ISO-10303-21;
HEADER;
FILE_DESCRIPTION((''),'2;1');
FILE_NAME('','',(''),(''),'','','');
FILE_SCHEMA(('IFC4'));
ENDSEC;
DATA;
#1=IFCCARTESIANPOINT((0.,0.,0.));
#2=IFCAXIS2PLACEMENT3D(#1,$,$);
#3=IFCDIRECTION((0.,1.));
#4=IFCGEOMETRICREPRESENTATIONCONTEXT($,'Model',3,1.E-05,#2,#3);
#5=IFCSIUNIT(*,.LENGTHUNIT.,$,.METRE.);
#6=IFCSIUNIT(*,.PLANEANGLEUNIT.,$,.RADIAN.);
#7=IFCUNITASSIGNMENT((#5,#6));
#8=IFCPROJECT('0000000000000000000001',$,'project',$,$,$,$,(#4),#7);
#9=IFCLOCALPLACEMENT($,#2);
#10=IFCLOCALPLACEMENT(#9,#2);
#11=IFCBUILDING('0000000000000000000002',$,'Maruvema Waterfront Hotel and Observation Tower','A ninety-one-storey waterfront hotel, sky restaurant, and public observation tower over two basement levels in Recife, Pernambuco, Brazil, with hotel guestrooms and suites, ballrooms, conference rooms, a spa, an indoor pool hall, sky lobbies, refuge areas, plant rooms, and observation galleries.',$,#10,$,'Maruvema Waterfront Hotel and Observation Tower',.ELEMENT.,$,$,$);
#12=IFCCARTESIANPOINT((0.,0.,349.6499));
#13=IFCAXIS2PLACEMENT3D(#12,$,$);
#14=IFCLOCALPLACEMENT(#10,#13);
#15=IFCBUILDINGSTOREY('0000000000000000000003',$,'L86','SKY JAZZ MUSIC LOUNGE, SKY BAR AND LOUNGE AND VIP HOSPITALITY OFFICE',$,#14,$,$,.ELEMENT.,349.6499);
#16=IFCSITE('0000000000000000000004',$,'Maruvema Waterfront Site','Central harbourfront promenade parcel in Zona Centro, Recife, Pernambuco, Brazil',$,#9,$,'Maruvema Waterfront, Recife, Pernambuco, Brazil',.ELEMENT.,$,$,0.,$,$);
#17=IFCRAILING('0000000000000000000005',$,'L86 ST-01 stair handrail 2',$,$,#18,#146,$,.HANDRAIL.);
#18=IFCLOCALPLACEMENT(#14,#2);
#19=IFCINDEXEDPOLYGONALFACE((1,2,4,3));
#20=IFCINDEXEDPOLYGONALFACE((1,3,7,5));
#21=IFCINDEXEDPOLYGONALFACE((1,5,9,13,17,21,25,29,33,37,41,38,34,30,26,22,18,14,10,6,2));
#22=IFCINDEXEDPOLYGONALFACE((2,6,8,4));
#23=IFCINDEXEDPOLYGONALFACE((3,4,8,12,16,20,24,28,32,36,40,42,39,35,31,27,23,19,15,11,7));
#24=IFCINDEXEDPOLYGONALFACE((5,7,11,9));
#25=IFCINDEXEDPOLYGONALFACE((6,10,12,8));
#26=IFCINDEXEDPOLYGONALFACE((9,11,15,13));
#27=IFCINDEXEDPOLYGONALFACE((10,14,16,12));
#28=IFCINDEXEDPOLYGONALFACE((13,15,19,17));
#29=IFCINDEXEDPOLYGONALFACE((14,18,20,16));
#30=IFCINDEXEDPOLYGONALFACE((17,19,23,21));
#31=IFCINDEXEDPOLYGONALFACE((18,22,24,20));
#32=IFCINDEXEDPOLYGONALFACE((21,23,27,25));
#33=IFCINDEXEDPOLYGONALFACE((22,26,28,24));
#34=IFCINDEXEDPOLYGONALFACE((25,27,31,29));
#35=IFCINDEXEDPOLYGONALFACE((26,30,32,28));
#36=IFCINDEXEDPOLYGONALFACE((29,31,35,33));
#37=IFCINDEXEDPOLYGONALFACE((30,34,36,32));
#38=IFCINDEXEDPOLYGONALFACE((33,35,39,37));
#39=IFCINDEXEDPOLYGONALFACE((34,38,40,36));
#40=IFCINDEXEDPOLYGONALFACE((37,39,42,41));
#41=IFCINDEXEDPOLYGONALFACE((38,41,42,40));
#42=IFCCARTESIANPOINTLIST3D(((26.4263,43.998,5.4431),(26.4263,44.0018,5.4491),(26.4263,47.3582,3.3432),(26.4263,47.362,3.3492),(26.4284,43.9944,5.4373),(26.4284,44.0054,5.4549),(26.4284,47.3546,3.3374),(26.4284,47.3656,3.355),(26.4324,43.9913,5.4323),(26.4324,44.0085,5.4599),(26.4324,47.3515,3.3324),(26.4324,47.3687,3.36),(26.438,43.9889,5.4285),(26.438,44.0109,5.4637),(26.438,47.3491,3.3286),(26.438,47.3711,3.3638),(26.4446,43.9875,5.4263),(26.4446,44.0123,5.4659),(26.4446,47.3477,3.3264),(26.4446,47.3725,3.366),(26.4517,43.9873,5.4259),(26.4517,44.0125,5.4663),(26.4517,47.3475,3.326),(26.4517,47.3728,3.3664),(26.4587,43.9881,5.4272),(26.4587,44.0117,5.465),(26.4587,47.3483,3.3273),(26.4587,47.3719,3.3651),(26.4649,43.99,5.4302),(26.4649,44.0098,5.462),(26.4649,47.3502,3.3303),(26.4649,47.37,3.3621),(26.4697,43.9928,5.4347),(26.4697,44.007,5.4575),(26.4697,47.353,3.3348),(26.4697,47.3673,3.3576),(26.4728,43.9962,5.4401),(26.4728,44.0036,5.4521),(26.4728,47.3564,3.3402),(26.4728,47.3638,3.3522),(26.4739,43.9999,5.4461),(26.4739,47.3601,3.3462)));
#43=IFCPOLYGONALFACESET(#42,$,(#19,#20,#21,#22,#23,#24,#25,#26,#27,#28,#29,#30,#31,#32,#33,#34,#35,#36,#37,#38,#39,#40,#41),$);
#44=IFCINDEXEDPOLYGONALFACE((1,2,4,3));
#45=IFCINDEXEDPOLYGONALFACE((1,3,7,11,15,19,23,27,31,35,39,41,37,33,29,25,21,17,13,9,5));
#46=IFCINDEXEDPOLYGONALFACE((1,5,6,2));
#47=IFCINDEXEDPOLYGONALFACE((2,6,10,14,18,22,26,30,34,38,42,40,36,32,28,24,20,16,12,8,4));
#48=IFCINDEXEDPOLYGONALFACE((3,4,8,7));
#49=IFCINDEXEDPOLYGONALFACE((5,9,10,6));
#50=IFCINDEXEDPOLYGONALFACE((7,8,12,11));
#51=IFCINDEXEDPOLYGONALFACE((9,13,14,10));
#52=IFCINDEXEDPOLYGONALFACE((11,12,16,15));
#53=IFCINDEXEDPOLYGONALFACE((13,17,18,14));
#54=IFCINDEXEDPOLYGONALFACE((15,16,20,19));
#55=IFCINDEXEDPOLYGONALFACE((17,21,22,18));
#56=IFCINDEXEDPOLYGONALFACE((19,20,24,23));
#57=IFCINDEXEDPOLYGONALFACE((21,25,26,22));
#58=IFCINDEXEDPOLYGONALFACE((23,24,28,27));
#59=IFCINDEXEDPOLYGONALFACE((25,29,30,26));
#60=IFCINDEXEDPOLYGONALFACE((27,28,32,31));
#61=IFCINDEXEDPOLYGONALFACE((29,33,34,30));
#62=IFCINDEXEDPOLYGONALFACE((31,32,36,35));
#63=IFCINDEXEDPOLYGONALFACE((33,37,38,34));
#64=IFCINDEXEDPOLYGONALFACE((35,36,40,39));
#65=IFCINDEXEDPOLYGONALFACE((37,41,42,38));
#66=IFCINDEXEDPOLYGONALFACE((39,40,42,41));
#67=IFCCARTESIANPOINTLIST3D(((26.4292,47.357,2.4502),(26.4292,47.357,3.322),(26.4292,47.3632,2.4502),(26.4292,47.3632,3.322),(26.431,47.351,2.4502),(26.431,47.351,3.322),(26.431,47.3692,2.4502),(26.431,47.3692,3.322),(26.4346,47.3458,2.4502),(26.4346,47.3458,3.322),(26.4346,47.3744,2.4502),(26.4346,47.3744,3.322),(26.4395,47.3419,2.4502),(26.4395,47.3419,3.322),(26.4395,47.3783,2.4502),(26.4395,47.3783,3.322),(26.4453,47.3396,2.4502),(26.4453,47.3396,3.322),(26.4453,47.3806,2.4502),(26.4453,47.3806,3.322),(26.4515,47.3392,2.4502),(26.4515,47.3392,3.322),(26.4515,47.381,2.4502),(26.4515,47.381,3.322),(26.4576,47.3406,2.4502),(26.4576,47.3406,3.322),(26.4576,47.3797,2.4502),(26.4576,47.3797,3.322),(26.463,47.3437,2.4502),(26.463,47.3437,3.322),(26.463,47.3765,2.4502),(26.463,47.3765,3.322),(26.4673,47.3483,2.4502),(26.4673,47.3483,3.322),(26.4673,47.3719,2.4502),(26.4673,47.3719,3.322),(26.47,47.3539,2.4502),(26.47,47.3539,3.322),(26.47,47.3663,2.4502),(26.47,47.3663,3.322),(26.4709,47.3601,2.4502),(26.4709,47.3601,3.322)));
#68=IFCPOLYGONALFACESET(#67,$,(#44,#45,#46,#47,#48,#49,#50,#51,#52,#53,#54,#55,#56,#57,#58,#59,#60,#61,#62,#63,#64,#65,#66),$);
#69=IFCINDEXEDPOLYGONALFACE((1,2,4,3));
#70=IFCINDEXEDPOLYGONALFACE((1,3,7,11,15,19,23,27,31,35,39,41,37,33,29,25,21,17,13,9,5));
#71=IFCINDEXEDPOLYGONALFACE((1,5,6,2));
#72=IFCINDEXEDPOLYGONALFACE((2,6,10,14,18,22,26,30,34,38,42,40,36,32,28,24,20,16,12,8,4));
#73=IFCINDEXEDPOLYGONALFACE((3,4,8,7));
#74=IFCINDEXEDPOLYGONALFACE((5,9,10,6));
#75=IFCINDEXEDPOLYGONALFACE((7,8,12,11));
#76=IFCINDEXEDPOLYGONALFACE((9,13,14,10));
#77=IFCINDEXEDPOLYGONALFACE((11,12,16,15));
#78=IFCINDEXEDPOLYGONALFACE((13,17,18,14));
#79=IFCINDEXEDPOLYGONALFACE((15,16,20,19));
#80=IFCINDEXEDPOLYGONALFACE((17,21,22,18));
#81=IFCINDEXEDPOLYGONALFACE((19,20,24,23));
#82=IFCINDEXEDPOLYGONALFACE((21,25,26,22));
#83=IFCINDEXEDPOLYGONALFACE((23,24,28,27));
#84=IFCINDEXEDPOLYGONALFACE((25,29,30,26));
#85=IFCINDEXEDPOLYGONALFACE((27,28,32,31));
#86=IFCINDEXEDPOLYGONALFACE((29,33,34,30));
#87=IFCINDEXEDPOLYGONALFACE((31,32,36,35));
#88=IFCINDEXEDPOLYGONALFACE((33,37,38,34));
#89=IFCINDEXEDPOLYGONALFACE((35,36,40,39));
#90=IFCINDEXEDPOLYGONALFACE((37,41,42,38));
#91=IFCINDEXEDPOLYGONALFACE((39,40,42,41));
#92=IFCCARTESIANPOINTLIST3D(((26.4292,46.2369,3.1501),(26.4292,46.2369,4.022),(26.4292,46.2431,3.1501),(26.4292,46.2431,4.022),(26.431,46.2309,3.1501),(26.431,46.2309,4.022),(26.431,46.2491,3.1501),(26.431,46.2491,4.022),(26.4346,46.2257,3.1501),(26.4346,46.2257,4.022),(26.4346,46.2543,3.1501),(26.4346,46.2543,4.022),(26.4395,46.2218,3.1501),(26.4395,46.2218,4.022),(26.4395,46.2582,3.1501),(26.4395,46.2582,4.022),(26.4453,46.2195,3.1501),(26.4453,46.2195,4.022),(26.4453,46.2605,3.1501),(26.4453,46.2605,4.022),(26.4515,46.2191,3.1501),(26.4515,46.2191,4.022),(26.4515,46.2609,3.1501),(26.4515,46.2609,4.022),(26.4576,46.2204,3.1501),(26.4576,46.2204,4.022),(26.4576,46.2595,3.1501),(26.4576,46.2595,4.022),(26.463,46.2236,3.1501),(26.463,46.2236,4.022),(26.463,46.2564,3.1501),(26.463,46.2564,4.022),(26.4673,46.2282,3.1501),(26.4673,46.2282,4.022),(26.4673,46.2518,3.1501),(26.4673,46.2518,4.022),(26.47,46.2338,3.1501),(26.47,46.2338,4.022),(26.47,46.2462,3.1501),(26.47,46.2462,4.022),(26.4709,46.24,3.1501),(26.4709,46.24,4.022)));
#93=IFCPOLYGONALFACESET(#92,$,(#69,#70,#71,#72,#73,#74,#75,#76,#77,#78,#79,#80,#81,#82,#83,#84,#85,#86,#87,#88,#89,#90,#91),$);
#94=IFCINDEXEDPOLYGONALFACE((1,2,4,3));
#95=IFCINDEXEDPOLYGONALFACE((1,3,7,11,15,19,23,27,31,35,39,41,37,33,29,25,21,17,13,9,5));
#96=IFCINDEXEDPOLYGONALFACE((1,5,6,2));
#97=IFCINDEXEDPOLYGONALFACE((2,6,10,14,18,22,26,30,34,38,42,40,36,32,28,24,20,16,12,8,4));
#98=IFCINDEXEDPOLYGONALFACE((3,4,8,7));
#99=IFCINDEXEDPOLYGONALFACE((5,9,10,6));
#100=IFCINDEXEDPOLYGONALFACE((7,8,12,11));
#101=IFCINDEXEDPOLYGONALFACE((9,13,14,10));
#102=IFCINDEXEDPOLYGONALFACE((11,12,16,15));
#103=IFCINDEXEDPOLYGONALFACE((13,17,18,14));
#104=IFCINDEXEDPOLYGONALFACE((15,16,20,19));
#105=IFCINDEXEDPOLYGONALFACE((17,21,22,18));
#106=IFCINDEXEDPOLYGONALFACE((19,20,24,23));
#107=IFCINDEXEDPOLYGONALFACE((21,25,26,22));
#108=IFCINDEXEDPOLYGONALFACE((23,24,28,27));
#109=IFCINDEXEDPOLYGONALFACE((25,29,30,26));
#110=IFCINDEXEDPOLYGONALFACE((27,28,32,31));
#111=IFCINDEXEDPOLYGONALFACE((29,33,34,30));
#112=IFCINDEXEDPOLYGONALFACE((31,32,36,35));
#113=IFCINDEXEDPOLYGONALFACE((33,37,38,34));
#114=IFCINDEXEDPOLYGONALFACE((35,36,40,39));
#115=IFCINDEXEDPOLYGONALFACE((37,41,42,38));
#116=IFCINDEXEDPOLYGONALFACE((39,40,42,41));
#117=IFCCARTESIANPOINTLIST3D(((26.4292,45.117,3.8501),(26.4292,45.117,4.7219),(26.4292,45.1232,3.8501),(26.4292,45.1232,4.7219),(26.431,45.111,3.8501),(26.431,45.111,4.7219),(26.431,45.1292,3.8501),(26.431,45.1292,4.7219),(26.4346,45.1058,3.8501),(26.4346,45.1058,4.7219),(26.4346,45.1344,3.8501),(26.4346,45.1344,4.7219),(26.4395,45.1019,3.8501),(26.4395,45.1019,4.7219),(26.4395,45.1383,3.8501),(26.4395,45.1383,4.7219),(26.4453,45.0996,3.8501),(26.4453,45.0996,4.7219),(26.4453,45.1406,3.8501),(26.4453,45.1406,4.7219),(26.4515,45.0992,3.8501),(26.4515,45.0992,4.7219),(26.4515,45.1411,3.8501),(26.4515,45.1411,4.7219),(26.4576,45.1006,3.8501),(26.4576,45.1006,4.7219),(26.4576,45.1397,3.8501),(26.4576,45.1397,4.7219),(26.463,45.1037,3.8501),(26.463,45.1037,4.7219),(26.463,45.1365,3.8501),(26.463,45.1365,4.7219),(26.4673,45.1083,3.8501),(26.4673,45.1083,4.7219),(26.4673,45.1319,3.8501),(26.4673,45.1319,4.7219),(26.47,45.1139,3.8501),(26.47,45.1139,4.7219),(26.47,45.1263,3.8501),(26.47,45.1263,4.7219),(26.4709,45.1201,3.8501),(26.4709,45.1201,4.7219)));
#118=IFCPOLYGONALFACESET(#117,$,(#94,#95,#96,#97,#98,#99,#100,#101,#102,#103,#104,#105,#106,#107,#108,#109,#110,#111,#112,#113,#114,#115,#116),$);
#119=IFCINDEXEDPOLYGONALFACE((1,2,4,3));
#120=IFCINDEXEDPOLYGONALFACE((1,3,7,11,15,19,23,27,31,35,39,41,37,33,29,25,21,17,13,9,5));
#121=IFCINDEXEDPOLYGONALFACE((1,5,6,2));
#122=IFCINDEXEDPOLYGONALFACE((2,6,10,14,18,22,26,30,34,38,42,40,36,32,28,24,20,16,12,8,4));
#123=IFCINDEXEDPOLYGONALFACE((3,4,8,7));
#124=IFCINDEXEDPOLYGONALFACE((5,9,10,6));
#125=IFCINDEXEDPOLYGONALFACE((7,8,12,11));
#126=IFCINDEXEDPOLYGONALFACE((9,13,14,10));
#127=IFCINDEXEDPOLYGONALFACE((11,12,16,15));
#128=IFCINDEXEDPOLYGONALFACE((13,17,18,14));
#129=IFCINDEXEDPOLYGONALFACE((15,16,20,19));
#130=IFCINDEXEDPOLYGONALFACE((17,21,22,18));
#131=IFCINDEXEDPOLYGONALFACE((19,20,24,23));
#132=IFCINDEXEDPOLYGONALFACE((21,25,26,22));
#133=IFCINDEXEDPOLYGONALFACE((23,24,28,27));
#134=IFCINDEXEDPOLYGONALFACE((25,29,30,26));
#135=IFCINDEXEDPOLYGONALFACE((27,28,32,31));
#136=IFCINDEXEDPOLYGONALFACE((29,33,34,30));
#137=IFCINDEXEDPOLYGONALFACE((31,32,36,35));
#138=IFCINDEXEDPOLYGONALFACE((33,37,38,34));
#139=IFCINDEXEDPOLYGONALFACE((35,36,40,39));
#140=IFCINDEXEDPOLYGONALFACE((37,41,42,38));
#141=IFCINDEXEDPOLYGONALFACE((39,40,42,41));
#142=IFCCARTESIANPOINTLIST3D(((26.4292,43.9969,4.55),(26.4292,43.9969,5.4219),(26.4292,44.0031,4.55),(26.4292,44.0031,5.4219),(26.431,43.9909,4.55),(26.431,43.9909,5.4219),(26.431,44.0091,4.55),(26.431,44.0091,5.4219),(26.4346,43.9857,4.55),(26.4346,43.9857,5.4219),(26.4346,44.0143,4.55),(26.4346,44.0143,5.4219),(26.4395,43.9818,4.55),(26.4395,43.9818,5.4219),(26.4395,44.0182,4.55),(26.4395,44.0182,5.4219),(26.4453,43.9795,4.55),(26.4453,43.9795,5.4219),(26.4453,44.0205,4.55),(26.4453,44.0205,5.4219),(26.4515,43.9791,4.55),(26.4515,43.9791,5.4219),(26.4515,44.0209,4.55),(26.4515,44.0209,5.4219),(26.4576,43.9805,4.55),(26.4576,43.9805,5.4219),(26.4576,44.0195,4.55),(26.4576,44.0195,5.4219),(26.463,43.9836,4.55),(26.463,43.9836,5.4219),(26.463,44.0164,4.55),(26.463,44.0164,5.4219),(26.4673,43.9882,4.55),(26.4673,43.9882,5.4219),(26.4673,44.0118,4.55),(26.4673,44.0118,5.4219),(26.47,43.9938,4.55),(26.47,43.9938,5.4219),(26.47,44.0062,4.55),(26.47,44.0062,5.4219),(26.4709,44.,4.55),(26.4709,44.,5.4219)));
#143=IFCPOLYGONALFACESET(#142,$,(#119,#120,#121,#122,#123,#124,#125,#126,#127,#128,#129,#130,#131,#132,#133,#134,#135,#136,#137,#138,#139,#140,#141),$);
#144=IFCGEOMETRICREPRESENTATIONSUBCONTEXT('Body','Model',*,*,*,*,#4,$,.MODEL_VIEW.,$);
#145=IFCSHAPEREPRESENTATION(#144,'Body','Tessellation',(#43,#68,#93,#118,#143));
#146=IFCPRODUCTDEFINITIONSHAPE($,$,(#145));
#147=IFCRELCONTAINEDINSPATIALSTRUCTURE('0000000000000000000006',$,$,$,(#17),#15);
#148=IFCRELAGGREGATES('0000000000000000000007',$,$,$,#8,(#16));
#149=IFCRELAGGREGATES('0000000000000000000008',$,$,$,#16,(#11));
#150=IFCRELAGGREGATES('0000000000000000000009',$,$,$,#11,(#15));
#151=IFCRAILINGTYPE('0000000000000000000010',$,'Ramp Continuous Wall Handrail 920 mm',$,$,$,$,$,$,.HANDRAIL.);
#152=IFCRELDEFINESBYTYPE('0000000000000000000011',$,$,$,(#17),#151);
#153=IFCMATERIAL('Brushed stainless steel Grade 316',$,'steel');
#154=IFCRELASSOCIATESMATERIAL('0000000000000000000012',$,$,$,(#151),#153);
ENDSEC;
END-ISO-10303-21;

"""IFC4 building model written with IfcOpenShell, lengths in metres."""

from ifc_helpers import new_model, si_unit, direction, frame, origin, origin_2d, place, context, subcontext, project, spatial, circle, extrude, material, type_object, element, save


model = new_model("IFC4")

# Units and contexts
model_context = context("Model", 3, precision=1e-05, world=origin(), true_north=direction((0.0, 1.0)))
body_context = subcontext(model_context, "Body", "Model", "MODEL_VIEW")
ifc_project = project(units=[si_unit("LENGTHUNIT", "METRE"), si_unit("PLANEANGLEUNIT", "RADIAN")], contexts=[model_context])

# Site, building, storey
site_placement = place(None, origin())
site = spatial("IfcSite", under=ifc_project, at=site_placement, Name="Maruvema Waterfront Site", Description="Central harbourfront promenade parcel in Zona Centro, Recife, Pernambuco, Brazil", LongName="Maruvema Waterfront, Recife, Pernambuco, Brazil", CompositionType="ELEMENT", RefElevation=0.0)
building_placement = place(site_placement, origin())
building = spatial("IfcBuilding", under=site, at=building_placement, Name="Maruvema Waterfront Hotel and Observation Tower", Description="A ninety-one-storey waterfront hotel, sky restaurant, and public observation tower over two basement levels in Recife, Pernambuco, Brazil, with hotel guestrooms and suites, ballrooms, conference rooms, a spa, an indoor pool hall, sky lobbies, refuge areas, plant rooms, and observation galleries.", LongName="Maruvema Waterfront Hotel and Observation Tower", CompositionType="ELEMENT")
storey_placement = place(building_placement, frame((0.0, 0.0, 349.6499)))
storey = spatial("IfcBuildingStorey", under=building, at=storey_placement, Name="L86", Description="SKY JAZZ MUSIC LOUNGE, SKY BAR AND LOUNGE AND VIP HOSPITALITY OFFICE", CompositionType="ELEMENT", Elevation=349.6499)

# Railing
ifc_material_1 = material(Name="Brushed stainless steel Grade 316", Category="steel")
railing_type = type_object("IfcRailingType", Name="Ramp Continuous Wall Handrail 920 mm", PredefinedType="HANDRAIL", material=ifc_material_1)
railing_placement = place(storey_placement, frame((26.45, 47.3601, 2.4502)))
element("IfcRailing", 1, at=railing_placement, inside=storey, type_object=railing_type, Name="L86 ST-01 stair handrail 2", PredefinedType="HANDRAIL", context=body_context, shape_type="SweptSolid", body=[
    extrude(circle(Radius=0.0239, at=origin_2d()), frame((0.0, 0.0, 0.896), z_axis=(0.0, -0.848023, 0.52996), x_axis=(1.0, 0.0, 0.0)), (0.0, 0.0, 1.0), 3.9624),
    extrude(circle(Radius=0.021, at=origin_2d()), origin(), (0.0, 0.0, 1.0), 0.8718),
    extrude(circle(Radius=0.021, at=origin_2d()), frame((0.0, -1.1201, 0.7)), (0.0, 0.0, 1.0), 0.8718),
    extrude(circle(Radius=0.021, at=origin_2d()), frame((0.0, -2.24, 1.3999)), (0.0, 0.0, 1.0), 0.8718),
    extrude(circle(Radius=0.021, at=origin_2d()), frame((0.0, -3.3601, 2.0999)), (0.0, 0.0, 1.0), 0.8718),
])

save(model, "model.ifc")
